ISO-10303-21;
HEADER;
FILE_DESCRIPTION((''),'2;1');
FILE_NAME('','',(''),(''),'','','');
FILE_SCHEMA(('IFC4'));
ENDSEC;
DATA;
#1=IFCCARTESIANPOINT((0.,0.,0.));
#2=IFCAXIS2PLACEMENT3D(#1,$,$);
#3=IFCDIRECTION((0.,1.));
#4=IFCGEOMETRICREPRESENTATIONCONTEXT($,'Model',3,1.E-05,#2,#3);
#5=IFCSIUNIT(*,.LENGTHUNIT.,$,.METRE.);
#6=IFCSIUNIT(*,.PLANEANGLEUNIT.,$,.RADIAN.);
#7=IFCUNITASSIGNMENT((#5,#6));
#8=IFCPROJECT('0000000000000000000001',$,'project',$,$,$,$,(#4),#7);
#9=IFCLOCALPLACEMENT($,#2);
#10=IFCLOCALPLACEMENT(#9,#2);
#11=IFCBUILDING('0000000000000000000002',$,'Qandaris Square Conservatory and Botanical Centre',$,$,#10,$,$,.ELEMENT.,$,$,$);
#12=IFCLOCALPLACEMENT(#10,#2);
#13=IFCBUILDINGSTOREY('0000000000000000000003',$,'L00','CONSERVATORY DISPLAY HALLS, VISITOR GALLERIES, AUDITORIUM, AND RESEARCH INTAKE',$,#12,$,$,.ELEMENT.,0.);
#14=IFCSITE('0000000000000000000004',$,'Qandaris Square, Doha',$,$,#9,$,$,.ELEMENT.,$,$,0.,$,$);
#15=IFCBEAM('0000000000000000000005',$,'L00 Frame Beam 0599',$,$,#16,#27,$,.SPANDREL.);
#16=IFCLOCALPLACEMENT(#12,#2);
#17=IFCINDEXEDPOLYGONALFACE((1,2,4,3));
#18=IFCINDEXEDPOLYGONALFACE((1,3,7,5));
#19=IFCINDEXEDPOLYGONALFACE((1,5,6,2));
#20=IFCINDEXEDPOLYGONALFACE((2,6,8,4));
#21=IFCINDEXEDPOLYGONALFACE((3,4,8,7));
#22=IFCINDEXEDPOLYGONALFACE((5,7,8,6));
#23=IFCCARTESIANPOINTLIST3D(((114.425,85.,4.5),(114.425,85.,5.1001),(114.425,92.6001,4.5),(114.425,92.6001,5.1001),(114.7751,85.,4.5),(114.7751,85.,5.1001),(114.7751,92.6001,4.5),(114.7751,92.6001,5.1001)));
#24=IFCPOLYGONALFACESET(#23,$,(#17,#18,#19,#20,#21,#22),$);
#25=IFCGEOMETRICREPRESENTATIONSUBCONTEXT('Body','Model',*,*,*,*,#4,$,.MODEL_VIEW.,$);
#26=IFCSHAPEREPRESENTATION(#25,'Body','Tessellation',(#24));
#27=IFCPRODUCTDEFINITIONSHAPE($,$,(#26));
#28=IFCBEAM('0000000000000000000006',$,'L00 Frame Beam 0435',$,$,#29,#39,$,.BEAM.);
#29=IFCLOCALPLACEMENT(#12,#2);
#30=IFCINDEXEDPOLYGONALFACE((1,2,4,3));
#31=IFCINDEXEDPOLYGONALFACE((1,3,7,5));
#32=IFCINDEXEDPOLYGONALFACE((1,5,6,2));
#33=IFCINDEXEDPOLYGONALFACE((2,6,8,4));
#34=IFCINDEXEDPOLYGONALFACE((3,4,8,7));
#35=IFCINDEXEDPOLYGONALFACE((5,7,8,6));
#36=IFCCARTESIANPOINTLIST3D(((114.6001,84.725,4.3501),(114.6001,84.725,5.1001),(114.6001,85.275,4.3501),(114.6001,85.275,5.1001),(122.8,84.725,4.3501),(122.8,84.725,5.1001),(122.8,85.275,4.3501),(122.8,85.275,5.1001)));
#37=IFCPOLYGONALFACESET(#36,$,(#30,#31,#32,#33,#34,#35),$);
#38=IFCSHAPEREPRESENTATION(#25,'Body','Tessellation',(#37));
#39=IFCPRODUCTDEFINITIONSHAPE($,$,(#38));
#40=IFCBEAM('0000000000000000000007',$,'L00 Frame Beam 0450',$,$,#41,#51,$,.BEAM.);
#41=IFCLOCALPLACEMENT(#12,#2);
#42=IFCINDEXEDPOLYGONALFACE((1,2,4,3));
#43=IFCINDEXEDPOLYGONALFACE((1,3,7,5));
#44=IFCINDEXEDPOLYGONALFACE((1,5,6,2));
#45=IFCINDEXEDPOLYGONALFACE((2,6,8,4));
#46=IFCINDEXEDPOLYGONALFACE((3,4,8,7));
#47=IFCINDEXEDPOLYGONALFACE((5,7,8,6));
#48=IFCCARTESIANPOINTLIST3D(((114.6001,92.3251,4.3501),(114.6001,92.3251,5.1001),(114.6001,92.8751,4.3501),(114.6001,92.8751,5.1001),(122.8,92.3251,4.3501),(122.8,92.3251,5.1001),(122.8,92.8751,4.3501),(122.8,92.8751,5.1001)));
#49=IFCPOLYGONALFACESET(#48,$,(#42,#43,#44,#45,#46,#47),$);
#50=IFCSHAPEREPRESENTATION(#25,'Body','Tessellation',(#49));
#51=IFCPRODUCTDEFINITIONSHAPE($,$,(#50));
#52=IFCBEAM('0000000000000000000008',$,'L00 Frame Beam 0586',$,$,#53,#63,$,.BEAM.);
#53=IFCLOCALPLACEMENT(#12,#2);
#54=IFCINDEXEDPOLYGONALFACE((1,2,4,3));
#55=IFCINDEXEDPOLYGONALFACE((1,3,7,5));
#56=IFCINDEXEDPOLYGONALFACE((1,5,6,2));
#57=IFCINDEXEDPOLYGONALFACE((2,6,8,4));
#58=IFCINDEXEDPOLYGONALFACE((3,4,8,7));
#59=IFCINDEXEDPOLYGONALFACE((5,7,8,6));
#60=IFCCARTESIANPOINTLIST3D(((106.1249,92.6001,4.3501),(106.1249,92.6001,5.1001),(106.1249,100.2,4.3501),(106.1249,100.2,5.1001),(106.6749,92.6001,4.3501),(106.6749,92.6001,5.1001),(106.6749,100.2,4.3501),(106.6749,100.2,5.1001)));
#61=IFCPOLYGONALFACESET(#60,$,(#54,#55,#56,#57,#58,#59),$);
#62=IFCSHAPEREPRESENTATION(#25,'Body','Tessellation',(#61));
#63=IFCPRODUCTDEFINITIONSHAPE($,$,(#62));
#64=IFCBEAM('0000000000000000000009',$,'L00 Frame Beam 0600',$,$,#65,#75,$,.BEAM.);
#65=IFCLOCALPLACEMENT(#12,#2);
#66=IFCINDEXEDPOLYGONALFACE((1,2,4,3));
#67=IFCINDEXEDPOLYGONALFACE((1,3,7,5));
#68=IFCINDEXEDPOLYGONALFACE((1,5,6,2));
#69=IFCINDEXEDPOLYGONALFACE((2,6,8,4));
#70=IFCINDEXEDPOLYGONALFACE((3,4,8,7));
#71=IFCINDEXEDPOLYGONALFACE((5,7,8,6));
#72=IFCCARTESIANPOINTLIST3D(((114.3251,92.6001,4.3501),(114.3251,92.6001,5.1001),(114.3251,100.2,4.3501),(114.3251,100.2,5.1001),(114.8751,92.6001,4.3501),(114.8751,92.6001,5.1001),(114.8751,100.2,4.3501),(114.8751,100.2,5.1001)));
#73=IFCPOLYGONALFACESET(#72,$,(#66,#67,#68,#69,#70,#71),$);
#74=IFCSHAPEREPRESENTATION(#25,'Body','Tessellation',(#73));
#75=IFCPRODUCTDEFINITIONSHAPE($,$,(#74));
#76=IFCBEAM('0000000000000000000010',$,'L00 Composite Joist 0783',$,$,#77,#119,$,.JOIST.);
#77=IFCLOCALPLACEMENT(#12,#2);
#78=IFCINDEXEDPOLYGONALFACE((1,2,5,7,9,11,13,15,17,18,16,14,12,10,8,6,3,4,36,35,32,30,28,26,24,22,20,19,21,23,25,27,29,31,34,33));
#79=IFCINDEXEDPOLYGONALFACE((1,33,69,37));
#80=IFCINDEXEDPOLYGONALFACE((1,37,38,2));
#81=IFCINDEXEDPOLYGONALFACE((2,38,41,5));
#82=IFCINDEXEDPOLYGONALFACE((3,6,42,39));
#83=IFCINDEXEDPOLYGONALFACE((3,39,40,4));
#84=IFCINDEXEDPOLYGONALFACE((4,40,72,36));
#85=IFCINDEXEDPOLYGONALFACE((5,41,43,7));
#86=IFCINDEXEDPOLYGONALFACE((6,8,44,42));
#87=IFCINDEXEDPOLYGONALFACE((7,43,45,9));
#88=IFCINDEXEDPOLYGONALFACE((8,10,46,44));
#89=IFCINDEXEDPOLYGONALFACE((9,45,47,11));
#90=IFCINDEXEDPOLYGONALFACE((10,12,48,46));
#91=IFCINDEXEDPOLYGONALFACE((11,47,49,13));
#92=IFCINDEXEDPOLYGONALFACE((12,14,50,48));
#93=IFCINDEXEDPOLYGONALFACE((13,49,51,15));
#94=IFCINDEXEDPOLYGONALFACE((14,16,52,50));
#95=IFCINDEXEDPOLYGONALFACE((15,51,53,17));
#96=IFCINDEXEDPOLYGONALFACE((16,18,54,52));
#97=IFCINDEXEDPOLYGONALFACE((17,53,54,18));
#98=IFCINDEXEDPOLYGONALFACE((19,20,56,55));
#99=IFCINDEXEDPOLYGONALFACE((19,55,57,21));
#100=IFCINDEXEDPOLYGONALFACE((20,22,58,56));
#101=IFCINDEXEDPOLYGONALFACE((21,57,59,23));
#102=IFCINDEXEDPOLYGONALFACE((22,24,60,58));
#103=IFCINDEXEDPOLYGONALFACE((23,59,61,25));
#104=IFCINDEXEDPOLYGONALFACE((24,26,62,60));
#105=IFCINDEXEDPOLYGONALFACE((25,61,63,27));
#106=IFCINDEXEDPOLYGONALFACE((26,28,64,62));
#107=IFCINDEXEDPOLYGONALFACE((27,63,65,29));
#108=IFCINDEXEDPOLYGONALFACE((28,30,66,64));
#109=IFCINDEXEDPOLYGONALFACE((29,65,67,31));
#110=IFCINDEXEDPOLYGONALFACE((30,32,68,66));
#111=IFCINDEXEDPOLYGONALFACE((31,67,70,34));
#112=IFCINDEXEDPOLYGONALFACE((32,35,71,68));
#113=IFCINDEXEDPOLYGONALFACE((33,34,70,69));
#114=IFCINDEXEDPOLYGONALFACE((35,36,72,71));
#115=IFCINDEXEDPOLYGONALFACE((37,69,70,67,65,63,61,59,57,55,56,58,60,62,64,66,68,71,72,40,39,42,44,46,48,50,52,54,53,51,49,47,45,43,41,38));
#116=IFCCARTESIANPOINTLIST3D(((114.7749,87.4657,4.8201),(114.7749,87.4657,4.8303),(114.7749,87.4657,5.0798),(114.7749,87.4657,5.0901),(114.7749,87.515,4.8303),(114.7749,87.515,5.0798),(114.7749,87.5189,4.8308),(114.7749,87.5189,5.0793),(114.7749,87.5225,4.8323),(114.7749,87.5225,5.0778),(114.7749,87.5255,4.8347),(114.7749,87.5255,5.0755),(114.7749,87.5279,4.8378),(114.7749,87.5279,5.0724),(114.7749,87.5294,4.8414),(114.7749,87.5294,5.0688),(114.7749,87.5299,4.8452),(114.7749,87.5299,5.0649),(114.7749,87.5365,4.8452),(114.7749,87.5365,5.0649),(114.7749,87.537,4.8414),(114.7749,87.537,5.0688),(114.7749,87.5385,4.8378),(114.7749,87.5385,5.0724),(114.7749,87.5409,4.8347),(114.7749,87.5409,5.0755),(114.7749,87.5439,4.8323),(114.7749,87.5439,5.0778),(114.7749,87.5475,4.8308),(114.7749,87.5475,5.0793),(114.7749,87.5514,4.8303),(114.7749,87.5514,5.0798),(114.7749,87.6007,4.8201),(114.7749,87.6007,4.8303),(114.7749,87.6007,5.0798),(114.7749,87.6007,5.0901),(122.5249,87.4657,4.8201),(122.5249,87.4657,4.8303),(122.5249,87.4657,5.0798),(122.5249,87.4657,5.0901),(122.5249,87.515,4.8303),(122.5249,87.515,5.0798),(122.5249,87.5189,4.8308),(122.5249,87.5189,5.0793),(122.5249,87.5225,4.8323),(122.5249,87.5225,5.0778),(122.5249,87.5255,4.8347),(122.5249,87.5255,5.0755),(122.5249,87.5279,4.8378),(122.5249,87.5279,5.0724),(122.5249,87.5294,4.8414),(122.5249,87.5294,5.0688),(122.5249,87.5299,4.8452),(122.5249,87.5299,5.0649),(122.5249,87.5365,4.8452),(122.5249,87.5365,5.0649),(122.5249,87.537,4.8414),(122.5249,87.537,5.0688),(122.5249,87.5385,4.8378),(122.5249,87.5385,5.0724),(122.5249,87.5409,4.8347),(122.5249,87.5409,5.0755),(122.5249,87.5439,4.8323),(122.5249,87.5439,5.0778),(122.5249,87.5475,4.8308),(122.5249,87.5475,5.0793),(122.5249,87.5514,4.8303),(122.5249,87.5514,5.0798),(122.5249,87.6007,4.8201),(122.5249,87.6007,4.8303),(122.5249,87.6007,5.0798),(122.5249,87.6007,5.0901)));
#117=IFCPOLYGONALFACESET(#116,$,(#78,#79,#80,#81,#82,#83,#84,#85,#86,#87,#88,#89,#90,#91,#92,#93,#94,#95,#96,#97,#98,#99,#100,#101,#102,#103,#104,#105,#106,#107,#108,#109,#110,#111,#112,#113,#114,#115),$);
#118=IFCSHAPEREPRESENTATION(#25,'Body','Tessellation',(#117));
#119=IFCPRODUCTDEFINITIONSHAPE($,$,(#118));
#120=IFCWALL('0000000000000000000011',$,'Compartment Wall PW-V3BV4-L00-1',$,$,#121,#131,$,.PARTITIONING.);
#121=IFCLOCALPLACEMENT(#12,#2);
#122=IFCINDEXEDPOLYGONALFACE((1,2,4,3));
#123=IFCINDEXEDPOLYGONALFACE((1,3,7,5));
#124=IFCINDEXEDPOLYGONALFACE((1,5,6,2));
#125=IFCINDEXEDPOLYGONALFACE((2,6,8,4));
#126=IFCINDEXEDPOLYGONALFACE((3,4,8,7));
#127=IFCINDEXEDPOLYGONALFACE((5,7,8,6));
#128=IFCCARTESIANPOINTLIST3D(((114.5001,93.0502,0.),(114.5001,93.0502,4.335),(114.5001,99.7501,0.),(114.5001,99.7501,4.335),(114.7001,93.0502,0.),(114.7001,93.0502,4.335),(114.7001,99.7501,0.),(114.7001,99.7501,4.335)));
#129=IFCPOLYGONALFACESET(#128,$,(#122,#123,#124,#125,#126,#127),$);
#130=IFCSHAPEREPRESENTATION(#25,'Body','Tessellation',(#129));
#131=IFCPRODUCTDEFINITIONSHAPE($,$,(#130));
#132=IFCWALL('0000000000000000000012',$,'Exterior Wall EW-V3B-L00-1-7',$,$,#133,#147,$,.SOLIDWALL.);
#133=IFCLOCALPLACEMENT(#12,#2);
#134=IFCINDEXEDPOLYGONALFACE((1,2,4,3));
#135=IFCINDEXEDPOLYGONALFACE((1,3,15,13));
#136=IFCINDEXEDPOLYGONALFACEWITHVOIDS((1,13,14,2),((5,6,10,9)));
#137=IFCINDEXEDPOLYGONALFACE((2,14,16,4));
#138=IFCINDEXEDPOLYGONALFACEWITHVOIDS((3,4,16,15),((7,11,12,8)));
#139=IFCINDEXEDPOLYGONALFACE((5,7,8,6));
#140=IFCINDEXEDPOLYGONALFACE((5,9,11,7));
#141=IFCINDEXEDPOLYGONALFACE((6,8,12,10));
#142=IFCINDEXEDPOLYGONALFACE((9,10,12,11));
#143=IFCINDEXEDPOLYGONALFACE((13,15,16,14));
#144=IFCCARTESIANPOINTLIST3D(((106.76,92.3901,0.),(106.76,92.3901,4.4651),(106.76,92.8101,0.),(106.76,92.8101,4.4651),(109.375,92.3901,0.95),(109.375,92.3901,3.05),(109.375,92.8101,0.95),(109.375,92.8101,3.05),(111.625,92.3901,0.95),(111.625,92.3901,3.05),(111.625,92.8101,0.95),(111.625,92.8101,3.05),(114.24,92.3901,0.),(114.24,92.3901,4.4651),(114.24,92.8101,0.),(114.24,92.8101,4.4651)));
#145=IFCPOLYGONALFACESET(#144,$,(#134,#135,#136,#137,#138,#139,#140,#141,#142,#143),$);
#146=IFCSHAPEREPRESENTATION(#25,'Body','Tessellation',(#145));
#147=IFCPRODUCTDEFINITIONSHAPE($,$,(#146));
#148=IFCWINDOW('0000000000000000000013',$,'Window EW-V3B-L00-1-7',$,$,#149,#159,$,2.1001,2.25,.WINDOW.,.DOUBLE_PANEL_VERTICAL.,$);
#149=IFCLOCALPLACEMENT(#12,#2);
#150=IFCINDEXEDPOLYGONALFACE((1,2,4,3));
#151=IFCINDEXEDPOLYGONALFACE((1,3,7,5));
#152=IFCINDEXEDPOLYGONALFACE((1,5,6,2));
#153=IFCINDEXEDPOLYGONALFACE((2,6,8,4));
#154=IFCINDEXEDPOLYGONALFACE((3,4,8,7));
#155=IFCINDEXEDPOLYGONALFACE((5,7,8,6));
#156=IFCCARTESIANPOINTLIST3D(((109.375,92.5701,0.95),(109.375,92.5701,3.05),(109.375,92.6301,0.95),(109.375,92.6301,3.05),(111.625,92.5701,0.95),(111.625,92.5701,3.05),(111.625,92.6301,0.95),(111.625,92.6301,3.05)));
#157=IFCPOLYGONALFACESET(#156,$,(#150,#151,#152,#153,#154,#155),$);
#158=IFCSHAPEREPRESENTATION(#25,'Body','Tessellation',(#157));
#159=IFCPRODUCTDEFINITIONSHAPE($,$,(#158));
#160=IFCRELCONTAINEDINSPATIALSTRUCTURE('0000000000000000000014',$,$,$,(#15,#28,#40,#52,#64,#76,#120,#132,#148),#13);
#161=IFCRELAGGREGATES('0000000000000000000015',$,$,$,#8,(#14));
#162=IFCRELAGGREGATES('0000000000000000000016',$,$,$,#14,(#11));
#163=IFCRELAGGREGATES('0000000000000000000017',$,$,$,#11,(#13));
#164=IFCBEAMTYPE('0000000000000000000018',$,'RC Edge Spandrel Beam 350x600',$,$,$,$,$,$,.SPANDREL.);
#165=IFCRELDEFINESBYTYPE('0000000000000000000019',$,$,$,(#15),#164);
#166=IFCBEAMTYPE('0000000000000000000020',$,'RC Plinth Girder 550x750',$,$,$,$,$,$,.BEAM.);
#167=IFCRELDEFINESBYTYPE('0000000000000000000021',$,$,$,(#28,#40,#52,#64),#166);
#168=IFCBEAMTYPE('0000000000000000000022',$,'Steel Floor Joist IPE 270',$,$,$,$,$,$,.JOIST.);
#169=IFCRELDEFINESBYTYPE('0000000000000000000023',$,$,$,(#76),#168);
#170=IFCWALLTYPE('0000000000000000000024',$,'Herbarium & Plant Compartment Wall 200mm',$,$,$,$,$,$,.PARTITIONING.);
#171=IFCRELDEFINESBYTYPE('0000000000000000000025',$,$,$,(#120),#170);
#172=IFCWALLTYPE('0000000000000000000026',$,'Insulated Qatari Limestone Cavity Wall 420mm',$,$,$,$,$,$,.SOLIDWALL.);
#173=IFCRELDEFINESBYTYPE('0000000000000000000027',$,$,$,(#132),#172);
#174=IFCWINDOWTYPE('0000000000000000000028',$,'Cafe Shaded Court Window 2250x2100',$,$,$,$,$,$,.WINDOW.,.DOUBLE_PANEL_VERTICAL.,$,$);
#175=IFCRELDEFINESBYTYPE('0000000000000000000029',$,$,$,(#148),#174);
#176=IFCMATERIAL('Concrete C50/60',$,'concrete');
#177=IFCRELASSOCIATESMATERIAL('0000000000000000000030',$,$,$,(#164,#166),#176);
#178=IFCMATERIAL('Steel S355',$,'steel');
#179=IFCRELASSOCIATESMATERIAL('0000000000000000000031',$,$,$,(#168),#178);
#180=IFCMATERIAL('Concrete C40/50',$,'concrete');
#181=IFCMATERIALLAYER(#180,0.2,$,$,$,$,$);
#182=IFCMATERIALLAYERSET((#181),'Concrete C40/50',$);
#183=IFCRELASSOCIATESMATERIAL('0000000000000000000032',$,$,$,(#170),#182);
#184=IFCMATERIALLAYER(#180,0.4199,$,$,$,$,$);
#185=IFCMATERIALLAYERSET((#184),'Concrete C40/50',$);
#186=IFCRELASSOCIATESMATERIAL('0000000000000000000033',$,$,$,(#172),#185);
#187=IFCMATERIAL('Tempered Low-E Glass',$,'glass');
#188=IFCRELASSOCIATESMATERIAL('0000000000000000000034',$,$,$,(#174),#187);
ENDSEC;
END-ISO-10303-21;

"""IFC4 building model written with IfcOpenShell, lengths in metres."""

from ifc_helpers import new_model, si_unit, direction, frame, frame_2d, origin, origin_2d, place, context, subcontext, project, spatial, rectangle, i_section, extrude, material, layer, layer_set, material_profile, profile_set, type_object, element, fill, save


model = new_model("IFC4")

# Units and contexts
model_context = context("Model", 3, precision=1e-05, world=origin(), true_north=direction((0.0, 1.0)))
body_context = subcontext(model_context, "Body", "Model", "MODEL_VIEW")
ifc_project = project(units=[si_unit("LENGTHUNIT", "METRE"), si_unit("PLANEANGLEUNIT", "RADIAN")], contexts=[model_context])

# Site, building, storey
site_placement = place(None, origin())
site = spatial("IfcSite", under=ifc_project, at=site_placement, Name="Qandaris Square, Doha", CompositionType="ELEMENT", RefElevation=0.0)
building_placement = place(site_placement, origin())
building = spatial("IfcBuilding", under=site, at=building_placement, Name="Qandaris Square Conservatory and Botanical Centre", CompositionType="ELEMENT")
storey_placement = place(building_placement, origin())
storey = spatial("IfcBuildingStorey", under=building, at=storey_placement, Name="L00", Description="CONSERVATORY DISPLAY HALLS, VISITOR GALLERIES, AUDITORIUM, AND RESEARCH INTAKE", CompositionType="ELEMENT", Elevation=0.0)

# Shared definitions
ifc_material_1 = material(Name="Concrete C50/60", Category="concrete")

# Shared definitions
ifc_material_2 = material(Name="Concrete C40/50", Category="concrete")

# Beams
ifc_material_3 = material(Name="Steel S355", Category="steel")
ifc_material_profile_1 = material_profile(ifc_material_1, rectangle(XDim=0.3501, YDim=0.6001, at=origin_2d()), Name="RC-SP 350x600")
ifc_profile_set_1 = profile_set([ifc_material_profile_1], Name="Concrete C50/60")
beam_type_1 = type_object("IfcBeamType", Name="RC Edge Spandrel Beam 350x600", PredefinedType="SPANDREL", material=ifc_profile_set_1)
beam_1_placement = place(storey_placement, frame((114.6001, 85.0, 4.8), z_axis=(0.0, 1.0, 0.0), x_axis=(-1.0, 0.0, 0.0)))
element("IfcBeam", 1, at=beam_1_placement, inside=storey, type_object=beam_type_1, Name="L00 Frame Beam 0599", PredefinedType="SPANDREL", context=body_context, shape_type="SweptSolid", body=[
    extrude(rectangle(XDim=0.3501, YDim=0.6001, at=origin_2d()), origin(), (0.0, 0.0, 1.0), 7.6001),
])
ifc_material_profile_2 = material_profile(ifc_material_1, rectangle(XDim=0.55, YDim=0.75, at=origin_2d()), Name="RC-BM 550x750")
ifc_profile_set_2 = profile_set([ifc_material_profile_2], Name="Concrete C50/60")
beam_type_2 = type_object("IfcBeamType", Name="RC Plinth Girder 550x750", PredefinedType="BEAM", material=ifc_profile_set_2)
for number, where, z_axis, x_axis, name in (
    (2, (114.6001, 85.0, 4.7251), (1.0, 0.0, 0.0), (0.0, 1.0, 0.0), "L00 Frame Beam 0435"),
    (3, (114.6001, 92.6001, 4.7251), (1.0, 0.0, 0.0), (0.0, 1.0, 0.0), "L00 Frame Beam 0450"),
):
    element("IfcBeam", number, at=place(storey_placement, frame(where, z_axis=z_axis, x_axis=x_axis)), inside=storey, type_object=beam_type_2, Name=name, PredefinedType="BEAM", context=body_context, shape_type="SweptSolid", body=[
        extrude(rectangle(XDim=0.55, YDim=0.75, at=origin_2d()), origin(), (0.0, 0.0, 1.0), 8.2),
    ])
for number, where, z_axis, x_axis, name in (
    (4, (106.3999, 92.6001, 4.7251), (0.0, 1.0, 0.0), (-1.0, 0.0, 0.0), "L00 Frame Beam 0586"),
    (5, (114.6001, 92.6001, 4.7251), (0.0, 1.0, 0.0), (-1.0, 0.0, 0.0), "L00 Frame Beam 0600"),
):
    element("IfcBeam", number, at=place(storey_placement, frame(where, z_axis=z_axis, x_axis=x_axis)), inside=storey, type_object=beam_type_2, Name=name, PredefinedType="BEAM", context=body_context, shape_type="SweptSolid", body=[
        extrude(rectangle(XDim=0.55, YDim=0.75, at=origin_2d()), origin(), (0.0, 0.0, 1.0), 7.5999),
    ])
ifc_material_profile_3 = material_profile(ifc_material_3, i_section(OverallWidth=0.135, OverallDepth=0.27, WebThickness=0.0066, FlangeThickness=0.0103, FilletRadius=0.0149, at=origin_2d()), Name="IPE 270")
ifc_profile_set_3 = profile_set([ifc_material_profile_3], Name="Steel S355")
beam_type_3 = type_object("IfcBeamType", Name="Steel Floor Joist IPE 270", PredefinedType="JOIST", material=ifc_profile_set_3)
beam_2_placement = place(storey_placement, frame((114.7749, 87.5332, 4.9551), z_axis=(1.0, 0.0, 0.0), x_axis=(0.0, 1.0, 0.0)))
element("IfcBeam", 6, at=beam_2_placement, inside=storey, type_object=beam_type_3, Name="L00 Composite Joist 0783", PredefinedType="JOIST", context=body_context, shape_type="SweptSolid", body=[
    extrude(i_section(OverallWidth=0.135, OverallDepth=0.27, WebThickness=0.0066, FlangeThickness=0.0103, FilletRadius=0.0149, at=origin_2d()), origin(), (0.0, 0.0, 1.0), 7.75),
])

# Wall
ifc_layer_1 = layer(ifc_material_2, 0.2)
ifc_layer_set_1 = layer_set([ifc_layer_1], Name="Concrete C40/50")
wall_type_1 = type_object("IfcWallType", Name="Herbarium & Plant Compartment Wall 200mm", PredefinedType="PARTITIONING", material=ifc_layer_set_1)
wall_1_placement = place(storey_placement, frame((114.6001, 93.05, 0.0), z_axis=(0.0, 0.0, 1.0), x_axis=(0.0, 1.0, 0.0)))
element("IfcWall", 7, at=wall_1_placement, inside=storey, type_object=wall_type_1, Name="Compartment Wall PW-V3BV4-L00-1", PredefinedType="PARTITIONING", context=body_context, shape_type="SweptSolid", body=[
    extrude(rectangle(XDim=6.7, YDim=0.2, at=frame_2d((3.3501, 0.0))), origin(), (0.0, 0.0, 1.0), 4.335),
])

# Wall, opening, window
ifc_layer_2 = layer(ifc_material_2, 0.4199)
ifc_layer_set_2 = layer_set([ifc_layer_2], Name="Concrete C40/50")
wall_type_2 = type_object("IfcWallType", Name="Insulated Qatari Limestone Cavity Wall 420mm", PredefinedType="SOLIDWALL", material=ifc_layer_set_2)
wall_2_placement = place(storey_placement, frame((106.76, 92.6001, 0.0), z_axis=(0.0, 0.0, 1.0), x_axis=(1.0, 0.0, 0.0)))
wall_2 = element("IfcWall", 8, at=wall_2_placement, inside=storey, type_object=wall_type_2, Name="Exterior Wall EW-V3B-L00-1-7", PredefinedType="SOLIDWALL", context=body_context, shape_type="SweptSolid", body=[
    extrude(rectangle(XDim=7.48, YDim=0.4199, at=frame_2d((3.74, 0.0))), origin(), (0.0, 0.0, 1.0), 4.4651),
])
opening_1_placement = place(wall_2_placement, frame((2.615, 0.0, 0.95)))
opening_1 = element("IfcOpeningElement", 9, at=opening_1_placement, cuts=wall_2, PredefinedType="OPENING", context=body_context, shape_type="SweptSolid", body=[
    extrude(rectangle(XDim=2.25, YDim=2.1001, at=frame_2d((1.125, 1.05))), frame((0.0, 0.2219, 0.0), z_axis=(0.0, -1.0, 0.0), x_axis=(1.0, 0.0, 0.0)), (0.0, 0.0, 1.0), 0.4438),
])
ifc_material_4 = material(Name="Tempered Low-E Glass", Category="glass")
window_type_1 = type_object("IfcWindowType", Name="Cafe Shaded Court Window 2250x2100", PartitioningType="DOUBLE_PANEL_VERTICAL", PredefinedType="WINDOW", material=ifc_material_4)
window_1_placement = place(opening_1_placement, origin())
window_1 = element("IfcWindow", 10, at=window_1_placement, inside=storey, type_object=window_type_1, Name="Window EW-V3B-L00-1-7", OverallHeight=2.1001, OverallWidth=2.25, PartitioningType="DOUBLE_PANEL_VERTICAL", PredefinedType="WINDOW", context=body_context, shape_type="SweptSolid", body=[
    extrude(rectangle(XDim=2.25, YDim=2.1001, at=frame_2d((1.125, 1.05))), frame((0.0, 0.03, 0.0), z_axis=(0.0, -1.0, 0.0), x_axis=(1.0, 0.0, 0.0)), (0.0, 0.0, 1.0), 0.0601),
])
fill(opening_1, window_1)

save(model, "model.ifc")
